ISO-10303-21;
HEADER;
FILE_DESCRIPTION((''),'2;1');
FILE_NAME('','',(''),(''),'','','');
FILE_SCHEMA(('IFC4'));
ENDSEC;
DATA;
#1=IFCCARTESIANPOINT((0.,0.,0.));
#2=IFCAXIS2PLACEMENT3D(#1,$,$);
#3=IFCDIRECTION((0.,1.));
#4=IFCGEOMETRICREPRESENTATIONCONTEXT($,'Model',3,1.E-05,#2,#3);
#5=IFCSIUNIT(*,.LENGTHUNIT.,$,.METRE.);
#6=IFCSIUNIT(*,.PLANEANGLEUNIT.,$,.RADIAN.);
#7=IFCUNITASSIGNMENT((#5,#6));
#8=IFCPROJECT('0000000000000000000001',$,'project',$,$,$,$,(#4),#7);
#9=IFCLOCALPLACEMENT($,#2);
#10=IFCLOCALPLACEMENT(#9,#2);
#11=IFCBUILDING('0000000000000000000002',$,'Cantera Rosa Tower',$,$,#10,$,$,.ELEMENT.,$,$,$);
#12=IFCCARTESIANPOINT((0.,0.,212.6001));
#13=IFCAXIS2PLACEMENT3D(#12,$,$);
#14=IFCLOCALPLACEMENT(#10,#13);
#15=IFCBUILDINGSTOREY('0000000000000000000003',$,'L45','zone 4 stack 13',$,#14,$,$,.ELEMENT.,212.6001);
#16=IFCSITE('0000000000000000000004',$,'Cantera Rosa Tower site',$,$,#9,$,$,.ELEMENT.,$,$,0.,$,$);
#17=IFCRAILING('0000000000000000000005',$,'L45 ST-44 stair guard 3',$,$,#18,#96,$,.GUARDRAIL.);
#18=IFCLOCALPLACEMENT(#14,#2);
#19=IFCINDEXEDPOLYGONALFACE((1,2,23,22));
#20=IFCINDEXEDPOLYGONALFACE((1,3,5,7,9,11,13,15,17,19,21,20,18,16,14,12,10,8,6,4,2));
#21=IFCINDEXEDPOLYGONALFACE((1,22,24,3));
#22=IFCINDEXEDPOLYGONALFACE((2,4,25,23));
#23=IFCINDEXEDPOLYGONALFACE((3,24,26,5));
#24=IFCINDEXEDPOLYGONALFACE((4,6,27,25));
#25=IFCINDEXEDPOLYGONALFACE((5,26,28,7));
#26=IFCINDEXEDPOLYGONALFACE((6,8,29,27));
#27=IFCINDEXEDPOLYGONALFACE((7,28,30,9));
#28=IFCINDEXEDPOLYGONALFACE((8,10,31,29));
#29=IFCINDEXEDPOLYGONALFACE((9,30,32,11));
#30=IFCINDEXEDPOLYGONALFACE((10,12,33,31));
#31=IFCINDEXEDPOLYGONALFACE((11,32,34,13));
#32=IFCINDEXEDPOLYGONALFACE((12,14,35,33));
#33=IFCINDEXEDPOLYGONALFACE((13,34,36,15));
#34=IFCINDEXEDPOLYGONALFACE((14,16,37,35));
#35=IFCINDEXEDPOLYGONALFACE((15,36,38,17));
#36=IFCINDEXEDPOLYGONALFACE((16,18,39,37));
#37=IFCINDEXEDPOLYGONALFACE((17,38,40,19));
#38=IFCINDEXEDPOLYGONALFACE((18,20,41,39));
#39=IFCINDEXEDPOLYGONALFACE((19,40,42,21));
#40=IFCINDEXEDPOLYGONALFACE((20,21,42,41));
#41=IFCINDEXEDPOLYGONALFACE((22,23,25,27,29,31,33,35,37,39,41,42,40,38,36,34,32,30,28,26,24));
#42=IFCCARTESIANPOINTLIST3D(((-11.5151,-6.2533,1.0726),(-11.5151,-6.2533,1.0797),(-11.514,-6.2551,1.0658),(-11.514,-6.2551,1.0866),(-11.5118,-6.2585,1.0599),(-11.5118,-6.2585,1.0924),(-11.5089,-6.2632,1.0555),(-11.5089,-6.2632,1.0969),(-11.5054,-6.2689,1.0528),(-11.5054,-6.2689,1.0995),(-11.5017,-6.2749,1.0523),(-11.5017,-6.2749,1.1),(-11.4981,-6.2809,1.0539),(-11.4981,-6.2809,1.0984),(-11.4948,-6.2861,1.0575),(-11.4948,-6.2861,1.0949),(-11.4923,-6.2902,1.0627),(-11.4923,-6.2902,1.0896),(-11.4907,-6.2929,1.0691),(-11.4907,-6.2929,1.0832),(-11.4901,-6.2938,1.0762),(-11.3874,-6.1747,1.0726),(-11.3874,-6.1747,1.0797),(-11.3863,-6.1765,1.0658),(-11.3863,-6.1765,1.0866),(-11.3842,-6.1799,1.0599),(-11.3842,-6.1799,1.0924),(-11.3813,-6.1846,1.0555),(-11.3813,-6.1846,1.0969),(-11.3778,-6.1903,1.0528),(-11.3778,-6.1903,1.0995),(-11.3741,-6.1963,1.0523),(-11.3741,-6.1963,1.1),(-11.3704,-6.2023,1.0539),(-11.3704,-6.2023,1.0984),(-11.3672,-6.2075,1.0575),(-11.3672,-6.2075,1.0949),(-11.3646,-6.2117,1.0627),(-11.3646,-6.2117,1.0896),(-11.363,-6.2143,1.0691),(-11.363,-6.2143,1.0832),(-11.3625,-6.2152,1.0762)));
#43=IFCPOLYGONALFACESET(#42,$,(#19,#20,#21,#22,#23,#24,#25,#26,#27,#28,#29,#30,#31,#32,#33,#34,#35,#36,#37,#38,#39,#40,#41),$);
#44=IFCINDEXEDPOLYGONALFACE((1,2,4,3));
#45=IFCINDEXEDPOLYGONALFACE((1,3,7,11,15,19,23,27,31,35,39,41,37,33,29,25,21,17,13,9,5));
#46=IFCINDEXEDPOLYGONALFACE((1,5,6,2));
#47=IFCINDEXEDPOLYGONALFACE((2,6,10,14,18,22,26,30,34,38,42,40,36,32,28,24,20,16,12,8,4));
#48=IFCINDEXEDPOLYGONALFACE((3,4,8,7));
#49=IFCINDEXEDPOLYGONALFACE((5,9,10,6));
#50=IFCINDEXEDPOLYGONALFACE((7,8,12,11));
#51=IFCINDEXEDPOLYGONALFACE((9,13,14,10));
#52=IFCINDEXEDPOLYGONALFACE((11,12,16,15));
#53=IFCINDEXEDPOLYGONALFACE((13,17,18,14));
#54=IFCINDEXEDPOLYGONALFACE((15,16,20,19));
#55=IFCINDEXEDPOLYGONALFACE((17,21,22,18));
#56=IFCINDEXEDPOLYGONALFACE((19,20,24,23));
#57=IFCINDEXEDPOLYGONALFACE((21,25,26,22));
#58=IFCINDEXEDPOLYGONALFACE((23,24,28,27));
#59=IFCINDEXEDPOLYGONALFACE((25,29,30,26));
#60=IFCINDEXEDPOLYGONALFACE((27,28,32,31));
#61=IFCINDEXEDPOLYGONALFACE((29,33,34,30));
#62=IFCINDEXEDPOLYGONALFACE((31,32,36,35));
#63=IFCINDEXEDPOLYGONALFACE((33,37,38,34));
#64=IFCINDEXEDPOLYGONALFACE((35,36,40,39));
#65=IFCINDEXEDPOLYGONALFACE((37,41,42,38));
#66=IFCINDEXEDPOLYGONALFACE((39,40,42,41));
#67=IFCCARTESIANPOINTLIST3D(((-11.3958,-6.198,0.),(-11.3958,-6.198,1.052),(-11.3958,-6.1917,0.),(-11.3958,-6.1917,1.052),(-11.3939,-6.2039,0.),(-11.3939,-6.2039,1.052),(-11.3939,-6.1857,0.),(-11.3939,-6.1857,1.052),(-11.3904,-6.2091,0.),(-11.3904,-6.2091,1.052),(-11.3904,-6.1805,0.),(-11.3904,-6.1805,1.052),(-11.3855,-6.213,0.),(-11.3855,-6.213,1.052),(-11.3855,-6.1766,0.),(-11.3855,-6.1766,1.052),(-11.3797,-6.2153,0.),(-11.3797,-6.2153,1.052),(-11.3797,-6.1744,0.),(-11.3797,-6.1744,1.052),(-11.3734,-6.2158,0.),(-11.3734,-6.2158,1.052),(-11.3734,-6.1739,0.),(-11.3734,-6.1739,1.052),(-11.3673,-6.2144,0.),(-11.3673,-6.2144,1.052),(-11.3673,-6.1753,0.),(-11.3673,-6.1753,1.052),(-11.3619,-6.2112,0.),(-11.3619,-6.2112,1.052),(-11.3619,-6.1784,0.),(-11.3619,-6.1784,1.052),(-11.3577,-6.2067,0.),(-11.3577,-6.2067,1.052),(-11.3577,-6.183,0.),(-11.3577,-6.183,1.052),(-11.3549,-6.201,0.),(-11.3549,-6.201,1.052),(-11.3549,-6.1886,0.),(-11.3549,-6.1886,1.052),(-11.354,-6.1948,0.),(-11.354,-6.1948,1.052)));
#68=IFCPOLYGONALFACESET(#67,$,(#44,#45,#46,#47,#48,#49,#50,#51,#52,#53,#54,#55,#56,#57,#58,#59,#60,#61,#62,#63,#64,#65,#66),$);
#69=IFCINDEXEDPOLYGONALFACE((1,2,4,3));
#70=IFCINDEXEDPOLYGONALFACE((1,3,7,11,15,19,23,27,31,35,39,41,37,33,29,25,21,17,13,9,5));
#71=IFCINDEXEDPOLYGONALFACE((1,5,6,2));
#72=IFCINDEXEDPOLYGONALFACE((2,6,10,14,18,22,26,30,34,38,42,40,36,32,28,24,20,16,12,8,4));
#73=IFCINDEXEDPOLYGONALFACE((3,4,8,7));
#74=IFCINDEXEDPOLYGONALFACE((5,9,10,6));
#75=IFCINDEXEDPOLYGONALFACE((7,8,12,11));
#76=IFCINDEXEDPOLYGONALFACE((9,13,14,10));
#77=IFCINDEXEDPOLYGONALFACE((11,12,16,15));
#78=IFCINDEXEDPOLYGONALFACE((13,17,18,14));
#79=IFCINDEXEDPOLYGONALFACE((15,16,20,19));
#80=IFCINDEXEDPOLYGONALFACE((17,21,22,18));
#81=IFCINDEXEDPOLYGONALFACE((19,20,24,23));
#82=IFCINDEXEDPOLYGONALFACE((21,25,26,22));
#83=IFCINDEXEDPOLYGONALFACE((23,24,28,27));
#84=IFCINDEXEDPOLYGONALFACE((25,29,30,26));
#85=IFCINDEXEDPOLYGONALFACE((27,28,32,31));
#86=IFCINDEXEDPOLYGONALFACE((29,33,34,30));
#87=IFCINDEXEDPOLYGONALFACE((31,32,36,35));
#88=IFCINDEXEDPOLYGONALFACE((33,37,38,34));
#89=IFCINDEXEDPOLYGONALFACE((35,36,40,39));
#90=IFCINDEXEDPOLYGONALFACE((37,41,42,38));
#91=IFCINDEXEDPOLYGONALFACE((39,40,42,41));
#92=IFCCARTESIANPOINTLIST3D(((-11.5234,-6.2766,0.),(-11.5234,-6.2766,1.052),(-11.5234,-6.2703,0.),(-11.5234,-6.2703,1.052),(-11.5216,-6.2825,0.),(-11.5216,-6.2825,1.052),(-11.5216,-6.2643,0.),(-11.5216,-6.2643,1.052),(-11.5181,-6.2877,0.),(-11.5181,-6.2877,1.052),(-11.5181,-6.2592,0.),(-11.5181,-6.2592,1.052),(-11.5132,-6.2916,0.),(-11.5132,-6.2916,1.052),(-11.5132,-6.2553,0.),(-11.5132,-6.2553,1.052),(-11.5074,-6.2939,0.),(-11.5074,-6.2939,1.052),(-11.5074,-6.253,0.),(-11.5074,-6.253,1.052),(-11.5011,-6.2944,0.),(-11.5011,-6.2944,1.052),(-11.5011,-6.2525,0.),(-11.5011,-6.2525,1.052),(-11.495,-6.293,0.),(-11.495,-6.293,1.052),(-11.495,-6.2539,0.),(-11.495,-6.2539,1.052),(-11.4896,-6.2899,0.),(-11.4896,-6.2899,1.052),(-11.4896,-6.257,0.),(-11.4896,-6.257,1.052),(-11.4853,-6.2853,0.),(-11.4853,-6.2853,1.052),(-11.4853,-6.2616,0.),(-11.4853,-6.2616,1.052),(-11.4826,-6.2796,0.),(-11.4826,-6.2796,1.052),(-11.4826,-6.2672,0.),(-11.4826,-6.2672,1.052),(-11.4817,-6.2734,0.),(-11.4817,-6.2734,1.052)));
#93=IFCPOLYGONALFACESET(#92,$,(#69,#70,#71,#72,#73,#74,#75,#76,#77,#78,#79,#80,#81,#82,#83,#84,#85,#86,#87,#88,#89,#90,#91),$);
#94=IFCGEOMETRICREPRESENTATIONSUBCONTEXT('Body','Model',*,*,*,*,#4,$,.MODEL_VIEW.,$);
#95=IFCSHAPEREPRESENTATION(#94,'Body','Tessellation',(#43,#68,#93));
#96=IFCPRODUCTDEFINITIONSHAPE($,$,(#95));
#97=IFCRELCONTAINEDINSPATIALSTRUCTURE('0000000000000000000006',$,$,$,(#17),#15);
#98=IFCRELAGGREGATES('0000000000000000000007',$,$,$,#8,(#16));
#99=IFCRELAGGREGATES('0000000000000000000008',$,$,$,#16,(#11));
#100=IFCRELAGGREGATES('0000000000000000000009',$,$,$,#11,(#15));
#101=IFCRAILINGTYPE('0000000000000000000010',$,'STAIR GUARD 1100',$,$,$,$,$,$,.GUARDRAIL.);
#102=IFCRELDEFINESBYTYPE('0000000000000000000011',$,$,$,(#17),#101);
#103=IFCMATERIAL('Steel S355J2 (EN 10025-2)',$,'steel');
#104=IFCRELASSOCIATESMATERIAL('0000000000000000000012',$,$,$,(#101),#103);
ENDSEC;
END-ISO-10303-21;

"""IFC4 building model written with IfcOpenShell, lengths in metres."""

from ifc_helpers import new_model, si_unit, direction, frame, origin, origin_2d, place, context, subcontext, project, spatial, circle, extrude, material, type_object, element, save


model = new_model("IFC4")

# Units and contexts
model_context = context("Model", 3, precision=1e-05, world=origin(), true_north=direction((0.0, 1.0)))
body_context = subcontext(model_context, "Body", "Model", "MODEL_VIEW")
ifc_project = project(units=[si_unit("LENGTHUNIT", "METRE"), si_unit("PLANEANGLEUNIT", "RADIAN")], contexts=[model_context])

# Site, building, storey
site_placement = place(None, origin())
site = spatial("IfcSite", under=ifc_project, at=site_placement, Name="Cantera Rosa Tower site", CompositionType="ELEMENT", RefElevation=0.0)
building_placement = place(site_placement, origin())
building = spatial("IfcBuilding", under=site, at=building_placement, Name="Cantera Rosa Tower", CompositionType="ELEMENT")
storey_placement = place(building_placement, frame((0.0, 0.0, 212.6001)))
storey = spatial("IfcBuildingStorey", under=building, at=storey_placement, Name="L45", Description="zone 4 stack 13", CompositionType="ELEMENT", Elevation=212.6001)

# Railing
ifc_material_1 = material(Name="Steel S355J2 (EN 10025-2)", Category="steel")
railing_type_1 = type_object("IfcRailingType", Name="STAIR GUARD 1100", PredefinedType="GUARDRAIL", material=ifc_material_1)
railing_1_placement = place(storey_placement, frame((-11.375, -6.1948, 0.0)))
element("IfcRailing", 1, at=railing_1_placement, inside=storey, type_object=railing_type_1, Name="L45 ST-44 stair guard 3", PredefinedType="GUARDRAIL", context=body_context, shape_type="SweptSolid", body=[
    extrude(circle(Radius=0.0239, at=origin_2d()), frame((0.0, 0.0, 1.0762), z_axis=(-0.851546, -0.524279, 0.0), x_axis=(0.524279, -0.851546, 0.0)), (0.0, 0.0, 1.0), 0.1499),
    extrude(circle(Radius=0.021, at=origin_2d()), origin(), (0.0, 0.0, 1.0), 1.052),
    extrude(circle(Radius=0.021, at=origin_2d()), frame((-0.1277, -0.0786, 0.0)), (0.0, 0.0, 1.0), 1.052),
])

save(model, "model.ifc")
